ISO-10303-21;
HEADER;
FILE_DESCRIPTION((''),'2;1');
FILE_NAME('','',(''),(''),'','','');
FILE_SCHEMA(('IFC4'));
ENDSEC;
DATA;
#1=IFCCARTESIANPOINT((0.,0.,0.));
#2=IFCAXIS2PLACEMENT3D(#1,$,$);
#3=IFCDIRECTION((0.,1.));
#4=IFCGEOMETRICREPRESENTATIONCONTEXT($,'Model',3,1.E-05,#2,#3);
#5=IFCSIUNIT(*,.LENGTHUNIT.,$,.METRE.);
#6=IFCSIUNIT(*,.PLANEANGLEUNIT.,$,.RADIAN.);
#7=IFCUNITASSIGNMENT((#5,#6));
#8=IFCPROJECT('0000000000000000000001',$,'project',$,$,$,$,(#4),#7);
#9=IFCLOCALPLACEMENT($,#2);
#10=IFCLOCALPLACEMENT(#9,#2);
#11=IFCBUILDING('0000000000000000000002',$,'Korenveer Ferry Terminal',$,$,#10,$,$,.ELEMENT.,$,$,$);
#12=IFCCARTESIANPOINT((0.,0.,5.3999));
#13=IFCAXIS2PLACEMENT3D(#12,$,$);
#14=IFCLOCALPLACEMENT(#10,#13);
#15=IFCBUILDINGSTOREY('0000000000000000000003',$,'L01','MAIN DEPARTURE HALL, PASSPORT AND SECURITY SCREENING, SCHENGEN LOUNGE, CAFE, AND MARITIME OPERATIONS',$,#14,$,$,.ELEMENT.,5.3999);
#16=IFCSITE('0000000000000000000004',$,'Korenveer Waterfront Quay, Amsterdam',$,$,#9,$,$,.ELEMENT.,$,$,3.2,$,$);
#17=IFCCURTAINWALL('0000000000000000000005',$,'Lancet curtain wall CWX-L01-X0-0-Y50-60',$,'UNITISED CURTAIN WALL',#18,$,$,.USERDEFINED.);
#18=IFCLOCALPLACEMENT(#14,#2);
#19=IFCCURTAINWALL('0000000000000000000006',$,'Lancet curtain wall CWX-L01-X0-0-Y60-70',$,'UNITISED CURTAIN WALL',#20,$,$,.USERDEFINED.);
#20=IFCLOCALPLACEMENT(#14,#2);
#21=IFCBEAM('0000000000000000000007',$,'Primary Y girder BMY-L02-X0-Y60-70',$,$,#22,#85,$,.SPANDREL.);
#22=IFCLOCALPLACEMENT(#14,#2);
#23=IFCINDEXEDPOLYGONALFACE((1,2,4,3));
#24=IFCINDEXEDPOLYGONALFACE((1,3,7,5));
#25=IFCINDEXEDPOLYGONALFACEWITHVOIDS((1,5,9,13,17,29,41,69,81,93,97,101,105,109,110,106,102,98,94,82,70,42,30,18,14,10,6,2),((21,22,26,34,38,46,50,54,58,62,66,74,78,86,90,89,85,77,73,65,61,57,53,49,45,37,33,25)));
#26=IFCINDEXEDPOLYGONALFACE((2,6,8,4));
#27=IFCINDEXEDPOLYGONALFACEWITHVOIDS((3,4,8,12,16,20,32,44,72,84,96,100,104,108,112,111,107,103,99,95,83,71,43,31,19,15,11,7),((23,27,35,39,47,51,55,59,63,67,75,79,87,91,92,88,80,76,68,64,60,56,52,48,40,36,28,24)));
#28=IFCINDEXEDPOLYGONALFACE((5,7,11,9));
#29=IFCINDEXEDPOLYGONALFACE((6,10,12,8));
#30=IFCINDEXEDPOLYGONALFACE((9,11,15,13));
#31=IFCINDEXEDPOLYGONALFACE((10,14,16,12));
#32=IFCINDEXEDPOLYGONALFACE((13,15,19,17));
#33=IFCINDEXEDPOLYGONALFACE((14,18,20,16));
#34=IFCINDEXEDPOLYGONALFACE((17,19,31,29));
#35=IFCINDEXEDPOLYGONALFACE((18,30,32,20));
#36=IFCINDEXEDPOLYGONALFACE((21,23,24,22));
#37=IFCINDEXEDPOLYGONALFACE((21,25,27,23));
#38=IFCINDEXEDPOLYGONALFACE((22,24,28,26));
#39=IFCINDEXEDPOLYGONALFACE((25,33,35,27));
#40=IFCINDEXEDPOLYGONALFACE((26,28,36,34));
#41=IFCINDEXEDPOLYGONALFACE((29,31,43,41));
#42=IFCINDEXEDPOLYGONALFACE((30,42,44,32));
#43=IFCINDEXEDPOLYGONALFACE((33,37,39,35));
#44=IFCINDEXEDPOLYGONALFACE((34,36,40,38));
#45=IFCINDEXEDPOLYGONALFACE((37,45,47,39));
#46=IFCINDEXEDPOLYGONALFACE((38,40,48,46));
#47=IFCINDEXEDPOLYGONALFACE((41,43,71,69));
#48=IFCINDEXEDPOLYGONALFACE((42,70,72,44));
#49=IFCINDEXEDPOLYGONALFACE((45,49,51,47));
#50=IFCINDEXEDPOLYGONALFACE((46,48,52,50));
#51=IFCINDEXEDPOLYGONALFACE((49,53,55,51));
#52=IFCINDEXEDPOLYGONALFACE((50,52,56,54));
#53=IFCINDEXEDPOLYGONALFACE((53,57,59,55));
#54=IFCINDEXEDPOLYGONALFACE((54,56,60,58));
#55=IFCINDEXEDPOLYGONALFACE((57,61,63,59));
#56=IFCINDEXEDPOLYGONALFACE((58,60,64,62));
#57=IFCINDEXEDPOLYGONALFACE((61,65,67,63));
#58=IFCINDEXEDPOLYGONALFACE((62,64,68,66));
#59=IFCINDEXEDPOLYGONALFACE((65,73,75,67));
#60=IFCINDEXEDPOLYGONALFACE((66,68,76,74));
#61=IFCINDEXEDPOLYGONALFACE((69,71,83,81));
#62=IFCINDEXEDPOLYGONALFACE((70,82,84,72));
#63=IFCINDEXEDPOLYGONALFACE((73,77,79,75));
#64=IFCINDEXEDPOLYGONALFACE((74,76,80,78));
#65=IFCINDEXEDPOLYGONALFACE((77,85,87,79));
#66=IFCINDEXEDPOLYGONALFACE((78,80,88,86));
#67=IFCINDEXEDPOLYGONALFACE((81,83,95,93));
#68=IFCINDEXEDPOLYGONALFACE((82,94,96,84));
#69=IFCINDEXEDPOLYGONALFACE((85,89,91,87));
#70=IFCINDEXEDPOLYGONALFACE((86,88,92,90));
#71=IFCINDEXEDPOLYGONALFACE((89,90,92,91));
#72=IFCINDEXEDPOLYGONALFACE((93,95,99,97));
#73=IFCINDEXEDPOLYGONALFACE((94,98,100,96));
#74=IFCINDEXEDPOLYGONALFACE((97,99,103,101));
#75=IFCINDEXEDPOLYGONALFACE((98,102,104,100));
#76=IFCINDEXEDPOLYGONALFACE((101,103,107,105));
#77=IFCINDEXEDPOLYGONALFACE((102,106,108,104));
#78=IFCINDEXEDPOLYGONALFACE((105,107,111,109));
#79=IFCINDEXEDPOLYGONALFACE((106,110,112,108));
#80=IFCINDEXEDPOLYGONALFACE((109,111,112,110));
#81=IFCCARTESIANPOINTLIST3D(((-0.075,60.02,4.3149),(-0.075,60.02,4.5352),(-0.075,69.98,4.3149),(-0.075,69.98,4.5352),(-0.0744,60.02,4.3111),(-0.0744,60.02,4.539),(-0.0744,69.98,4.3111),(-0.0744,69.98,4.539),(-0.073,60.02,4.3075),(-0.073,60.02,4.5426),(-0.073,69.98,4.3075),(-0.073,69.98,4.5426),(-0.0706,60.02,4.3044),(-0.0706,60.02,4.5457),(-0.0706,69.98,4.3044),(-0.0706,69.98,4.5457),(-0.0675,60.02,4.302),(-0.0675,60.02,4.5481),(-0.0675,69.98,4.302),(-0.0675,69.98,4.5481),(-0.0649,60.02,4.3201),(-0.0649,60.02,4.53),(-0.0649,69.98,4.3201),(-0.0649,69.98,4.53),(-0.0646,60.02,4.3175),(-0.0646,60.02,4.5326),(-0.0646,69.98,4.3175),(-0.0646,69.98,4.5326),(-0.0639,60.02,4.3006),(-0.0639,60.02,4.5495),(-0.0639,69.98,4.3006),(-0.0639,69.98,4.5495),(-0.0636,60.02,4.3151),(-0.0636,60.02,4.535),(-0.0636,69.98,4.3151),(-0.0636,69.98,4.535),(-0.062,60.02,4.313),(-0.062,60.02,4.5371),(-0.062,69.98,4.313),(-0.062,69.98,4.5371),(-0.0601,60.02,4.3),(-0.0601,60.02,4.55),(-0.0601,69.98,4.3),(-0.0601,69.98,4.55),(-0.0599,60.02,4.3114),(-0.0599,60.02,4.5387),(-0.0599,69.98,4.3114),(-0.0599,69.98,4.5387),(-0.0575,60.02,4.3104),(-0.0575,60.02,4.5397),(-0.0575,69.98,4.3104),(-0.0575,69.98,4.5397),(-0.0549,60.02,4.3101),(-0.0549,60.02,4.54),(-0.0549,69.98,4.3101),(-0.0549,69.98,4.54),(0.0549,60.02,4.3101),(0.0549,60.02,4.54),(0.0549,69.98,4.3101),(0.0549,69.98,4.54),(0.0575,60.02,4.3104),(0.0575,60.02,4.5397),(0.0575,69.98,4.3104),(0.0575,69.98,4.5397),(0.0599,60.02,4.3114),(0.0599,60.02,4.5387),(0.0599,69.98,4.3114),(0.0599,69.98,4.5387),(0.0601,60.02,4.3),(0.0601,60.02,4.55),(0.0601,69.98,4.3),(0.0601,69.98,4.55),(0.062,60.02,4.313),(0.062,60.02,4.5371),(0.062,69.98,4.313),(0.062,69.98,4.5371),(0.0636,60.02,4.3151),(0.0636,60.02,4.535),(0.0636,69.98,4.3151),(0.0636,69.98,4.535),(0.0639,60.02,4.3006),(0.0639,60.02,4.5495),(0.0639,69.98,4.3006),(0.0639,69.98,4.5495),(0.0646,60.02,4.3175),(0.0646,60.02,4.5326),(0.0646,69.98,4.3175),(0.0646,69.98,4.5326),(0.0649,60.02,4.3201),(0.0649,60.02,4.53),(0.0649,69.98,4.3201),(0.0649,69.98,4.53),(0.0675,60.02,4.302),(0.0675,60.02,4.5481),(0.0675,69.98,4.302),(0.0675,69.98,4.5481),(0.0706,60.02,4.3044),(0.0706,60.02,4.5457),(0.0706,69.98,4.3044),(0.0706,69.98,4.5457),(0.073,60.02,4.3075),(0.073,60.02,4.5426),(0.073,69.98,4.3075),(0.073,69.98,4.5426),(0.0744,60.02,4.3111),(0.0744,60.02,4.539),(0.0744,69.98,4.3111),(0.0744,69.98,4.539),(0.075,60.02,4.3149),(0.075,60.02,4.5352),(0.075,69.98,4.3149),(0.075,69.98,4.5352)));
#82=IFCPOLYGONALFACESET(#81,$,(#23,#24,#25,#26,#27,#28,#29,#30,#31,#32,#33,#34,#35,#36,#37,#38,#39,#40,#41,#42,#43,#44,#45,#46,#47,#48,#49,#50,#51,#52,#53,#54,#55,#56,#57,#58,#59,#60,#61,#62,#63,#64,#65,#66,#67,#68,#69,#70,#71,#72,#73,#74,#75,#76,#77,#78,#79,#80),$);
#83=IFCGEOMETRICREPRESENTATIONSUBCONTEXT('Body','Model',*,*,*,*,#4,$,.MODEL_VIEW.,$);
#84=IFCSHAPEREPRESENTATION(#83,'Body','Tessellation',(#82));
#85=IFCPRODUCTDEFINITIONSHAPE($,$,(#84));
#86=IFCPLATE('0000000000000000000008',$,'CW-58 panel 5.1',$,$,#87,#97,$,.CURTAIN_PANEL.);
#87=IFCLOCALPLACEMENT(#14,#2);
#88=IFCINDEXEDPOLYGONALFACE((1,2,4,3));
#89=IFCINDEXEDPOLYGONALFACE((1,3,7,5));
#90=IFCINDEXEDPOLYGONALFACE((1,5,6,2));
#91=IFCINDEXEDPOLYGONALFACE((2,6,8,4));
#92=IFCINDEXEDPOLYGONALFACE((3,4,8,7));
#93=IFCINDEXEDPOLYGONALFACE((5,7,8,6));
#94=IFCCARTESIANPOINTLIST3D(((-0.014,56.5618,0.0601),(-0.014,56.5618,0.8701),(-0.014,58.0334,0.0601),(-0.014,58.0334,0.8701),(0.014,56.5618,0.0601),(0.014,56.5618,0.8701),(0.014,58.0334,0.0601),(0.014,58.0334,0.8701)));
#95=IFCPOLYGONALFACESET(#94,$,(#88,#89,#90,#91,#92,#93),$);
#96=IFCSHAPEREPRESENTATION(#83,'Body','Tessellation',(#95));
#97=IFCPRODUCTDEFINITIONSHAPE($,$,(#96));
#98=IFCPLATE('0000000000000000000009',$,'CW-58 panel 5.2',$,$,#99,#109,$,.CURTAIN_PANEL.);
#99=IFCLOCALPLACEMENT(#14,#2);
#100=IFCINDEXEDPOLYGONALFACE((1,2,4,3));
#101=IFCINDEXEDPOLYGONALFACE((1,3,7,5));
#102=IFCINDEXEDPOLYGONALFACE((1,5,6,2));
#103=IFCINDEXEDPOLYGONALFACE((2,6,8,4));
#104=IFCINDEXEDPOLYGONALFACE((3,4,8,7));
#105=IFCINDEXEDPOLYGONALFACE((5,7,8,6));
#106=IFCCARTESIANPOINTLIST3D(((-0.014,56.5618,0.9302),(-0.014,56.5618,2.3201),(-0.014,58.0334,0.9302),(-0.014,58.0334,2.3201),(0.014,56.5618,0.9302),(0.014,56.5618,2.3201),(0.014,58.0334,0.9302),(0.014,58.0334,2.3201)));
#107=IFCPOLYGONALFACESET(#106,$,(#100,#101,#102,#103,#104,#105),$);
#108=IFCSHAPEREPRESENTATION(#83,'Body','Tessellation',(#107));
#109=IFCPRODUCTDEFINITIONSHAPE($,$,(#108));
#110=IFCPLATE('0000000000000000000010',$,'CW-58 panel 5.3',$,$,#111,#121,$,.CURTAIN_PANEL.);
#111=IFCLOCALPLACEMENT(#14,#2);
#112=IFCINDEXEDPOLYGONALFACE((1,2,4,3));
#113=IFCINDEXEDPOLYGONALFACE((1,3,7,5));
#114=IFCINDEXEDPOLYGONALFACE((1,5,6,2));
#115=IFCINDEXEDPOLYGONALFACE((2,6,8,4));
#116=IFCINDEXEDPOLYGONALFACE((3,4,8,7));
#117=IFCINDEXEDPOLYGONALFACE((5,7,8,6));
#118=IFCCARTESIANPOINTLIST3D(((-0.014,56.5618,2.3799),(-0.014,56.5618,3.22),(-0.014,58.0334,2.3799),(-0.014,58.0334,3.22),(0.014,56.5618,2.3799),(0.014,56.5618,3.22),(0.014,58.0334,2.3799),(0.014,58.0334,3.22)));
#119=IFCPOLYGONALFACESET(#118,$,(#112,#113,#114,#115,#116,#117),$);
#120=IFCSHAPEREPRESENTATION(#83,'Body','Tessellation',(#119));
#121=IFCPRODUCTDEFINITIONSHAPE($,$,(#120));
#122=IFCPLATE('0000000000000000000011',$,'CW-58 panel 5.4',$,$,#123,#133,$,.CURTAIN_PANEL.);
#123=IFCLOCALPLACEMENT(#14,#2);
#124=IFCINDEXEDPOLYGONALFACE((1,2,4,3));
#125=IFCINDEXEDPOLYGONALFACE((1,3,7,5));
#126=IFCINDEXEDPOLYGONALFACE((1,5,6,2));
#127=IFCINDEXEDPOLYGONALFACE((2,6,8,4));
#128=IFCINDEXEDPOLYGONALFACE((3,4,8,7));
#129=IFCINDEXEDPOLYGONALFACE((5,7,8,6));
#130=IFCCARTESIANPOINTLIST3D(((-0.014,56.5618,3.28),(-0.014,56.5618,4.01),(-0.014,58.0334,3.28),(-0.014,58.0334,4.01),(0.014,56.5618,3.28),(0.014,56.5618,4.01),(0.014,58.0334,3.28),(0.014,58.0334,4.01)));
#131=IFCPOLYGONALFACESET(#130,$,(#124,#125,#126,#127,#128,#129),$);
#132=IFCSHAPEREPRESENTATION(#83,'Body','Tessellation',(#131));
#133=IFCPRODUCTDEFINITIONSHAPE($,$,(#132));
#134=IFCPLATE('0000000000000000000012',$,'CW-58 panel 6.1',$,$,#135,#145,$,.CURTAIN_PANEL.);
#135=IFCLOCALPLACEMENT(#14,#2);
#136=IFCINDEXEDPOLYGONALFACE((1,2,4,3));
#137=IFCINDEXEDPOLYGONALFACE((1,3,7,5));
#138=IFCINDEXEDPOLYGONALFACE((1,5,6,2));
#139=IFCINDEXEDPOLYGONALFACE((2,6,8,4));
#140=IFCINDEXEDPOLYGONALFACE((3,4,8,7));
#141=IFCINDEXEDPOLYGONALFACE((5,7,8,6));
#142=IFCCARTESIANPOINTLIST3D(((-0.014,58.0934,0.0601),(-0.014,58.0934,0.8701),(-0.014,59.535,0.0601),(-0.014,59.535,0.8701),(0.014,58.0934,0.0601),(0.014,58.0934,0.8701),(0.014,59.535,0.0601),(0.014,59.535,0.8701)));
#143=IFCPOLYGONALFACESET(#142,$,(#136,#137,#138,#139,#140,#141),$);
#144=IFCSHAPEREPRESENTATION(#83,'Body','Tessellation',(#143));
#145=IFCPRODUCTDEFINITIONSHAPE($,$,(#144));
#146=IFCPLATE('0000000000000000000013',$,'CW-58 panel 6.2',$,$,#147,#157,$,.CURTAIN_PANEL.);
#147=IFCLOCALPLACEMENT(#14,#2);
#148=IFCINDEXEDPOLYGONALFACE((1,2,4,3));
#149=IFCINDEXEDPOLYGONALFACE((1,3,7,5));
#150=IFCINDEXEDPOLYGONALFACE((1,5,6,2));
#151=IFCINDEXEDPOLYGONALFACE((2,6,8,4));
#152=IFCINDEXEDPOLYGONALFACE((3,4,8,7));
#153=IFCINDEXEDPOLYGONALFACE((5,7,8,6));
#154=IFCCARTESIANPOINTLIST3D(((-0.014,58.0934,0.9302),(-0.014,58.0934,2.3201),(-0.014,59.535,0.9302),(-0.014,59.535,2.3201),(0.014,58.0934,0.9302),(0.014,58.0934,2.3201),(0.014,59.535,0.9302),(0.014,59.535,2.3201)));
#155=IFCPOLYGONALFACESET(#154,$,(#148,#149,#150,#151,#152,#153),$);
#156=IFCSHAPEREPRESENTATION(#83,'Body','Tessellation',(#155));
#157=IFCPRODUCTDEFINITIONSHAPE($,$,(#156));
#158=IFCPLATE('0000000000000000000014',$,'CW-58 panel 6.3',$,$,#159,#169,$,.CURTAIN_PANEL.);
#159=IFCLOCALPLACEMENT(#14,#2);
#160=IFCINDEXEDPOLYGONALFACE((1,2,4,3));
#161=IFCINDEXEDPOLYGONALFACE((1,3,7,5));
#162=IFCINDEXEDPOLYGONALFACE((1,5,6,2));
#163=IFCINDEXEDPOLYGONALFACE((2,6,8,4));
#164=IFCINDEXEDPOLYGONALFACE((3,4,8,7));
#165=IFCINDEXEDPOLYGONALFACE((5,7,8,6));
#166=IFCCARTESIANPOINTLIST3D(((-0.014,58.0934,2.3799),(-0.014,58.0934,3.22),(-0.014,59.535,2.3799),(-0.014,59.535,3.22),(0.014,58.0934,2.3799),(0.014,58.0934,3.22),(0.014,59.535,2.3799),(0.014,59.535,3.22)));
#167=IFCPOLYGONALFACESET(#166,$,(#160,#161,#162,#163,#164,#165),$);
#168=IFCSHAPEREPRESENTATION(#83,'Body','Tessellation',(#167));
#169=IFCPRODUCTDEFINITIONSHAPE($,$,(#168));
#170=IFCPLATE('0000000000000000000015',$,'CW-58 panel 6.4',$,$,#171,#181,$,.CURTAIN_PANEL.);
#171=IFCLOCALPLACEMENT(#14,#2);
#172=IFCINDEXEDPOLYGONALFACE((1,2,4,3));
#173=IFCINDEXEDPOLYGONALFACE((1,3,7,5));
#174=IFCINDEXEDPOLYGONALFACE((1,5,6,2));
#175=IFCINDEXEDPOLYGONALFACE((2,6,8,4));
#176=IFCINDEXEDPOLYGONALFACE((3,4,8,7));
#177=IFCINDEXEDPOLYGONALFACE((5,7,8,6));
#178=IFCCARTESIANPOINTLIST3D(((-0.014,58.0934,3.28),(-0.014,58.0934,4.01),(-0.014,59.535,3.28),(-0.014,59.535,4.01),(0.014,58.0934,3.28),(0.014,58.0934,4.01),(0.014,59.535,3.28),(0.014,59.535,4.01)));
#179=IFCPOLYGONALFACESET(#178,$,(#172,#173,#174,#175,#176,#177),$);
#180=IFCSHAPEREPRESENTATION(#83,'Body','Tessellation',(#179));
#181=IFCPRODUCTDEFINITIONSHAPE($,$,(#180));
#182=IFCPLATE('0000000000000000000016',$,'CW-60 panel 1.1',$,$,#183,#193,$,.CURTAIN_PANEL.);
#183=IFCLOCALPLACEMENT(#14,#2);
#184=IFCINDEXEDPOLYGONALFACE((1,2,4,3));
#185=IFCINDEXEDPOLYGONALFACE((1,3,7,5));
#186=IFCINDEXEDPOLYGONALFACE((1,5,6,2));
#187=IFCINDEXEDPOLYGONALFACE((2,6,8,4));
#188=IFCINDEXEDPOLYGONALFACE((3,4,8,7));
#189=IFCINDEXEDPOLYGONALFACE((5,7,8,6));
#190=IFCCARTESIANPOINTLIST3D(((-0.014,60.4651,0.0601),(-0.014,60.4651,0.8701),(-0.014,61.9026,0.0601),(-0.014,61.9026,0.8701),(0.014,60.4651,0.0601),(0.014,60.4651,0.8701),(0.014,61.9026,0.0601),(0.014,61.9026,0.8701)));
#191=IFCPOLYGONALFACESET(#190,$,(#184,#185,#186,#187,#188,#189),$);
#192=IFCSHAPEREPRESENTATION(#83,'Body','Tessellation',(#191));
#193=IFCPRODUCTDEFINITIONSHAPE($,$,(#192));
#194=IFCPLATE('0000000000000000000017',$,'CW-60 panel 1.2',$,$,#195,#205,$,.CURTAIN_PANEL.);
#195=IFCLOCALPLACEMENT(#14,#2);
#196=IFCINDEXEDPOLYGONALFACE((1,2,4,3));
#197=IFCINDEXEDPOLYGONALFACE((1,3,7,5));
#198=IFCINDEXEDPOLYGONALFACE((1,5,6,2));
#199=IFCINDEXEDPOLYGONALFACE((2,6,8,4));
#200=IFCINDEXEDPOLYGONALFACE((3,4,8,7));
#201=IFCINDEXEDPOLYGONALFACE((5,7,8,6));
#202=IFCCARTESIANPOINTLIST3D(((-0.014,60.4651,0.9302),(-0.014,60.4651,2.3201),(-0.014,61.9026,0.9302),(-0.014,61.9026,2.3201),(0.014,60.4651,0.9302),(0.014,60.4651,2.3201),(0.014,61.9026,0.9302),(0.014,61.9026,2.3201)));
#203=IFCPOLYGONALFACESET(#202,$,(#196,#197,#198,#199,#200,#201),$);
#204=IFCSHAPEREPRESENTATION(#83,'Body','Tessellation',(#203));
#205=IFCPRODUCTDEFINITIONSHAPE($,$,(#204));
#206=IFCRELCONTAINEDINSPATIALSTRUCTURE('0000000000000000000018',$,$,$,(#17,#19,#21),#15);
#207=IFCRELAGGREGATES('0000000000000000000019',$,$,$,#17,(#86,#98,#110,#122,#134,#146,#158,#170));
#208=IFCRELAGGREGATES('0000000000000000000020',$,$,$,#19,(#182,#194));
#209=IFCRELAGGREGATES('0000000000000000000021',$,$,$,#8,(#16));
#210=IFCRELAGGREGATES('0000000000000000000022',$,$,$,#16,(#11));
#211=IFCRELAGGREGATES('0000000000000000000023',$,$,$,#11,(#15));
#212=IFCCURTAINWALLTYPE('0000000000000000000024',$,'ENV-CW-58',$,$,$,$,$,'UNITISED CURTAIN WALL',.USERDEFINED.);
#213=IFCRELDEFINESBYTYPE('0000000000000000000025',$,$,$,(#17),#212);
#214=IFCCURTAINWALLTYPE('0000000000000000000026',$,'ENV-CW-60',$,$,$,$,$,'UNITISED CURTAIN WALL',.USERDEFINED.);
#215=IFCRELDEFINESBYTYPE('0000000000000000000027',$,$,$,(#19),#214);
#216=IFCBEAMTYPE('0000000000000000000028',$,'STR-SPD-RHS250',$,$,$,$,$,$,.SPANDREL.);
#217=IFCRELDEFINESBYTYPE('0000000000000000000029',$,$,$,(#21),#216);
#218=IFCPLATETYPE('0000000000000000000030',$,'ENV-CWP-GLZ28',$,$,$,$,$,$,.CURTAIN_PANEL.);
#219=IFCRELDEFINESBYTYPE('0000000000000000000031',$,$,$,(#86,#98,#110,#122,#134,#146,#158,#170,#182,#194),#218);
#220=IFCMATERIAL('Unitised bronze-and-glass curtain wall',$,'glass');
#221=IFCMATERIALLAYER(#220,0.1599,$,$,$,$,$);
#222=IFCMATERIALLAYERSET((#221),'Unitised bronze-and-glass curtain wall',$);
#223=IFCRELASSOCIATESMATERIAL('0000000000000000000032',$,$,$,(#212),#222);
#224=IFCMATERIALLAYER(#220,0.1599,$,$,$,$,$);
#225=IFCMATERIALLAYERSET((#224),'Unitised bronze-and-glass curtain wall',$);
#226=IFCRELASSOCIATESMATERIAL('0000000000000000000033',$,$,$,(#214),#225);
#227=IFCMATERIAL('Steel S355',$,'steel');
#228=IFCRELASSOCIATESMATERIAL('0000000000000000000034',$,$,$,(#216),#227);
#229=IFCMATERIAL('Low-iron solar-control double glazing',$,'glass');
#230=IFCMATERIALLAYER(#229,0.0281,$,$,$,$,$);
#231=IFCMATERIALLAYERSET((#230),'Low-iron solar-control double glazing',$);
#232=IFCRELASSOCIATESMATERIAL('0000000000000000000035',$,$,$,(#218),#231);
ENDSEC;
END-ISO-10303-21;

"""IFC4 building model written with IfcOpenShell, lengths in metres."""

from ifc_helpers import new_model, si_unit, direction, frame, origin, origin_2d, place, context, subcontext, project, spatial, rectangle, hollow_rectangle, extrude, material, layer, layer_set, material_profile, profile_set, type_object, element, aggregate, save


model = new_model("IFC4")

# Units and contexts
model_context = context("Model", 3, precision=1e-05, world=origin(), true_north=direction((0.0, 1.0)))
body_context = subcontext(model_context, "Body", "Model", "MODEL_VIEW")
ifc_project = project(units=[si_unit("LENGTHUNIT", "METRE"), si_unit("PLANEANGLEUNIT", "RADIAN")], contexts=[model_context])

# Site, building, storey
site_placement = place(None, origin())
site = spatial("IfcSite", under=ifc_project, at=site_placement, Name="Korenveer Waterfront Quay, Amsterdam", CompositionType="ELEMENT", RefElevation=3.2)
building_placement = place(site_placement, origin())
building = spatial("IfcBuilding", under=site, at=building_placement, Name="Korenveer Ferry Terminal", CompositionType="ELEMENT")
storey_placement = place(building_placement, frame((0.0, 0.0, 5.3999)))
storey = spatial("IfcBuildingStorey", under=building, at=storey_placement, Name="L01", Description="MAIN DEPARTURE HALL, PASSPORT AND SECURITY SCREENING, SCHENGEN LOUNGE, CAFE, AND MARITIME OPERATIONS", CompositionType="ELEMENT", Elevation=5.3999)

# Shared definitions
ifc_material_1 = material(Name="Steel S355", Category="steel")

# Curtain walls
ifc_material_2 = material(Name="Unitised bronze-and-glass curtain wall", Category="glass")
ifc_layer_1 = layer(ifc_material_2, 0.1599)
ifc_layer_set_1 = layer_set([ifc_layer_1], Name="Unitised bronze-and-glass curtain wall")
curtain_wall_type_1 = type_object("IfcCurtainWallType", Name="ENV-CW-58", ElementType="UNITISED CURTAIN WALL", PredefinedType="USERDEFINED", material=ifc_layer_set_1)
curtain_wall_1_placement = place(storey_placement, frame((0.0, 50.405, 0.0)))
curtain_wall_1 = element("IfcCurtainWall", 1, at=curtain_wall_1_placement, inside=storey, type_object=curtain_wall_type_1, Name="Lancet curtain wall CWX-L01-X0-0-Y50-60", ObjectType="UNITISED CURTAIN WALL", PredefinedType="USERDEFINED")
ifc_layer_2 = layer(ifc_material_2, 0.1599)
ifc_layer_set_2 = layer_set([ifc_layer_2], Name="Unitised bronze-and-glass curtain wall")
curtain_wall_type_2 = type_object("IfcCurtainWallType", Name="ENV-CW-60", ElementType="UNITISED CURTAIN WALL", PredefinedType="USERDEFINED", material=ifc_layer_set_2)
curtain_wall_2_placement = place(storey_placement, frame((0.0, 60.405, 0.0)))
curtain_wall_2 = element("IfcCurtainWall", 2, at=curtain_wall_2_placement, inside=storey, type_object=curtain_wall_type_2, Name="Lancet curtain wall CWX-L01-X0-0-Y60-70", ObjectType="UNITISED CURTAIN WALL", PredefinedType="USERDEFINED")

# Beam
ifc_material_profile_1 = material_profile(ifc_material_1, hollow_rectangle(XDim=0.1499, YDim=0.25, WallThickness=0.01, InnerFilletRadius=0.01, OuterFilletRadius=0.0149, at=origin_2d()), Name="RHS 250x150x10")
ifc_profile_set_1 = profile_set([ifc_material_profile_1], Name="Steel S355")
beam_type_1 = type_object("IfcBeamType", Name="STR-SPD-RHS250", PredefinedType="SPANDREL", material=ifc_profile_set_1)
beam_1_placement = place(storey_placement, frame((0.0, 60.02, 4.425), z_axis=(0.0, 1.0, 0.0), x_axis=(-1.0, 0.0, 0.0)))
element("IfcBeam", 3, at=beam_1_placement, inside=storey, type_object=beam_type_1, Name="Primary Y girder BMY-L02-X0-Y60-70", PredefinedType="SPANDREL", context=body_context, shape_type="SweptSolid", body=[
    extrude(hollow_rectangle(XDim=0.1499, YDim=0.25, WallThickness=0.01, InnerFilletRadius=0.01, OuterFilletRadius=0.0149, at=origin_2d()), origin(), (0.0, 0.0, 1.0), 9.96),
])

# Plates
ifc_material_3 = material(Name="Low-iron solar-control double glazing", Category="glass")
ifc_layer_3 = layer(ifc_material_3, 0.0281)
ifc_layer_set_3 = layer_set([ifc_layer_3], Name="Low-iron solar-control double glazing")
plate_type_1 = type_object("IfcPlateType", Name="ENV-CWP-GLZ28", PredefinedType="CURTAIN_PANEL", material=ifc_layer_set_3)
plate_1_placement = place(storey_placement, frame((0.0, 57.2976, 0.0601), z_axis=(0.0, 0.0, 1.0), x_axis=(0.0, 1.0, 0.0)))
plate_1 = element("IfcPlate", 4, at=plate_1_placement, type_object=plate_type_1, Name="CW-58 panel 5.1", PredefinedType="CURTAIN_PANEL", context=body_context, shape_type="SweptSolid", body=[
    extrude(rectangle(XDim=1.4717, YDim=0.0281, at=origin_2d()), origin(), (0.0, 0.0, 1.0), 0.8101),
])
plate_2_placement = place(storey_placement, frame((0.0, 57.2976, 0.9302), z_axis=(0.0, 0.0, 1.0), x_axis=(0.0, 1.0, 0.0)))
plate_2 = element("IfcPlate", 5, at=plate_2_placement, type_object=plate_type_1, Name="CW-58 panel 5.2", PredefinedType="CURTAIN_PANEL", context=body_context, shape_type="SweptSolid", body=[
    extrude(rectangle(XDim=1.4717, YDim=0.0281, at=origin_2d()), origin(), (0.0, 0.0, 1.0), 1.3899),
])
plate_3_placement = place(storey_placement, frame((0.0, 57.2976, 2.3799), z_axis=(0.0, 0.0, 1.0), x_axis=(0.0, 1.0, 0.0)))
plate_3 = element("IfcPlate", 6, at=plate_3_placement, type_object=plate_type_1, Name="CW-58 panel 5.3", PredefinedType="CURTAIN_PANEL", context=body_context, shape_type="SweptSolid", body=[
    extrude(rectangle(XDim=1.4717, YDim=0.0281, at=origin_2d()), origin(), (0.0, 0.0, 1.0), 0.8401),
])
plate_4_placement = place(storey_placement, frame((0.0, 57.2976, 3.28), z_axis=(0.0, 0.0, 1.0), x_axis=(0.0, 1.0, 0.0)))
plate_4 = element("IfcPlate", 7, at=plate_4_placement, type_object=plate_type_1, Name="CW-58 panel 5.4", PredefinedType="CURTAIN_PANEL", context=body_context, shape_type="SweptSolid", body=[
    extrude(rectangle(XDim=1.4717, YDim=0.0281, at=origin_2d()), origin(), (0.0, 0.0, 1.0), 0.73),
])
plate_5_placement = place(storey_placement, frame((0.0, 58.8142, 0.0601), z_axis=(0.0, 0.0, 1.0), x_axis=(0.0, 1.0, 0.0)))
plate_5 = element("IfcPlate", 8, at=plate_5_placement, type_object=plate_type_1, Name="CW-58 panel 6.1", PredefinedType="CURTAIN_PANEL", context=body_context, shape_type="SweptSolid", body=[
    extrude(rectangle(XDim=1.4417, YDim=0.0281, at=origin_2d()), origin(), (0.0, 0.0, 1.0), 0.8101),
])
plate_6_placement = place(storey_placement, frame((0.0, 58.8142, 0.9302), z_axis=(0.0, 0.0, 1.0), x_axis=(0.0, 1.0, 0.0)))
plate_6 = element("IfcPlate", 9, at=plate_6_placement, type_object=plate_type_1, Name="CW-58 panel 6.2", PredefinedType="CURTAIN_PANEL", context=body_context, shape_type="SweptSolid", body=[
    extrude(rectangle(XDim=1.4417, YDim=0.0281, at=origin_2d()), origin(), (0.0, 0.0, 1.0), 1.3899),
])
plate_7_placement = place(storey_placement, frame((0.0, 58.8142, 2.3799), z_axis=(0.0, 0.0, 1.0), x_axis=(0.0, 1.0, 0.0)))
plate_7 = element("IfcPlate", 10, at=plate_7_placement, type_object=plate_type_1, Name="CW-58 panel 6.3", PredefinedType="CURTAIN_PANEL", context=body_context, shape_type="SweptSolid", body=[
    extrude(rectangle(XDim=1.4417, YDim=0.0281, at=origin_2d()), origin(), (0.0, 0.0, 1.0), 0.8401),
])
plate_8_placement = place(storey_placement, frame((0.0, 58.8142, 3.28), z_axis=(0.0, 0.0, 1.0), x_axis=(0.0, 1.0, 0.0)))
plate_8 = element("IfcPlate", 11, at=plate_8_placement, type_object=plate_type_1, Name="CW-58 panel 6.4", PredefinedType="CURTAIN_PANEL", context=body_context, shape_type="SweptSolid", body=[
    extrude(rectangle(XDim=1.4417, YDim=0.0281, at=origin_2d()), origin(), (0.0, 0.0, 1.0), 0.73),
])
aggregate(curtain_wall_1, [plate_1, plate_2, plate_3, plate_4, plate_5, plate_6, plate_7, plate_8])
plate_9_placement = place(storey_placement, frame((0.0, 61.1838, 0.0601), z_axis=(0.0, 0.0, 1.0), x_axis=(0.0, 1.0, 0.0)))
plate_9 = element("IfcPlate", 12, at=plate_9_placement, type_object=plate_type_1, Name="CW-60 panel 1.1", PredefinedType="CURTAIN_PANEL", context=body_context, shape_type="SweptSolid", body=[
    extrude(rectangle(XDim=1.4375, YDim=0.0281, at=origin_2d()), origin(), (0.0, 0.0, 1.0), 0.8101),
])
plate_10_placement = place(storey_placement, frame((0.0, 61.1838, 0.9302), z_axis=(0.0, 0.0, 1.0), x_axis=(0.0, 1.0, 0.0)))
plate_10 = element("IfcPlate", 13, at=plate_10_placement, type_object=plate_type_1, Name="CW-60 panel 1.2", PredefinedType="CURTAIN_PANEL", context=body_context, shape_type="SweptSolid", body=[
    extrude(rectangle(XDim=1.4375, YDim=0.0281, at=origin_2d()), origin(), (0.0, 0.0, 1.0), 1.3899),
])
aggregate(curtain_wall_2, [plate_9, plate_10])

save(model, "model.ifc")
